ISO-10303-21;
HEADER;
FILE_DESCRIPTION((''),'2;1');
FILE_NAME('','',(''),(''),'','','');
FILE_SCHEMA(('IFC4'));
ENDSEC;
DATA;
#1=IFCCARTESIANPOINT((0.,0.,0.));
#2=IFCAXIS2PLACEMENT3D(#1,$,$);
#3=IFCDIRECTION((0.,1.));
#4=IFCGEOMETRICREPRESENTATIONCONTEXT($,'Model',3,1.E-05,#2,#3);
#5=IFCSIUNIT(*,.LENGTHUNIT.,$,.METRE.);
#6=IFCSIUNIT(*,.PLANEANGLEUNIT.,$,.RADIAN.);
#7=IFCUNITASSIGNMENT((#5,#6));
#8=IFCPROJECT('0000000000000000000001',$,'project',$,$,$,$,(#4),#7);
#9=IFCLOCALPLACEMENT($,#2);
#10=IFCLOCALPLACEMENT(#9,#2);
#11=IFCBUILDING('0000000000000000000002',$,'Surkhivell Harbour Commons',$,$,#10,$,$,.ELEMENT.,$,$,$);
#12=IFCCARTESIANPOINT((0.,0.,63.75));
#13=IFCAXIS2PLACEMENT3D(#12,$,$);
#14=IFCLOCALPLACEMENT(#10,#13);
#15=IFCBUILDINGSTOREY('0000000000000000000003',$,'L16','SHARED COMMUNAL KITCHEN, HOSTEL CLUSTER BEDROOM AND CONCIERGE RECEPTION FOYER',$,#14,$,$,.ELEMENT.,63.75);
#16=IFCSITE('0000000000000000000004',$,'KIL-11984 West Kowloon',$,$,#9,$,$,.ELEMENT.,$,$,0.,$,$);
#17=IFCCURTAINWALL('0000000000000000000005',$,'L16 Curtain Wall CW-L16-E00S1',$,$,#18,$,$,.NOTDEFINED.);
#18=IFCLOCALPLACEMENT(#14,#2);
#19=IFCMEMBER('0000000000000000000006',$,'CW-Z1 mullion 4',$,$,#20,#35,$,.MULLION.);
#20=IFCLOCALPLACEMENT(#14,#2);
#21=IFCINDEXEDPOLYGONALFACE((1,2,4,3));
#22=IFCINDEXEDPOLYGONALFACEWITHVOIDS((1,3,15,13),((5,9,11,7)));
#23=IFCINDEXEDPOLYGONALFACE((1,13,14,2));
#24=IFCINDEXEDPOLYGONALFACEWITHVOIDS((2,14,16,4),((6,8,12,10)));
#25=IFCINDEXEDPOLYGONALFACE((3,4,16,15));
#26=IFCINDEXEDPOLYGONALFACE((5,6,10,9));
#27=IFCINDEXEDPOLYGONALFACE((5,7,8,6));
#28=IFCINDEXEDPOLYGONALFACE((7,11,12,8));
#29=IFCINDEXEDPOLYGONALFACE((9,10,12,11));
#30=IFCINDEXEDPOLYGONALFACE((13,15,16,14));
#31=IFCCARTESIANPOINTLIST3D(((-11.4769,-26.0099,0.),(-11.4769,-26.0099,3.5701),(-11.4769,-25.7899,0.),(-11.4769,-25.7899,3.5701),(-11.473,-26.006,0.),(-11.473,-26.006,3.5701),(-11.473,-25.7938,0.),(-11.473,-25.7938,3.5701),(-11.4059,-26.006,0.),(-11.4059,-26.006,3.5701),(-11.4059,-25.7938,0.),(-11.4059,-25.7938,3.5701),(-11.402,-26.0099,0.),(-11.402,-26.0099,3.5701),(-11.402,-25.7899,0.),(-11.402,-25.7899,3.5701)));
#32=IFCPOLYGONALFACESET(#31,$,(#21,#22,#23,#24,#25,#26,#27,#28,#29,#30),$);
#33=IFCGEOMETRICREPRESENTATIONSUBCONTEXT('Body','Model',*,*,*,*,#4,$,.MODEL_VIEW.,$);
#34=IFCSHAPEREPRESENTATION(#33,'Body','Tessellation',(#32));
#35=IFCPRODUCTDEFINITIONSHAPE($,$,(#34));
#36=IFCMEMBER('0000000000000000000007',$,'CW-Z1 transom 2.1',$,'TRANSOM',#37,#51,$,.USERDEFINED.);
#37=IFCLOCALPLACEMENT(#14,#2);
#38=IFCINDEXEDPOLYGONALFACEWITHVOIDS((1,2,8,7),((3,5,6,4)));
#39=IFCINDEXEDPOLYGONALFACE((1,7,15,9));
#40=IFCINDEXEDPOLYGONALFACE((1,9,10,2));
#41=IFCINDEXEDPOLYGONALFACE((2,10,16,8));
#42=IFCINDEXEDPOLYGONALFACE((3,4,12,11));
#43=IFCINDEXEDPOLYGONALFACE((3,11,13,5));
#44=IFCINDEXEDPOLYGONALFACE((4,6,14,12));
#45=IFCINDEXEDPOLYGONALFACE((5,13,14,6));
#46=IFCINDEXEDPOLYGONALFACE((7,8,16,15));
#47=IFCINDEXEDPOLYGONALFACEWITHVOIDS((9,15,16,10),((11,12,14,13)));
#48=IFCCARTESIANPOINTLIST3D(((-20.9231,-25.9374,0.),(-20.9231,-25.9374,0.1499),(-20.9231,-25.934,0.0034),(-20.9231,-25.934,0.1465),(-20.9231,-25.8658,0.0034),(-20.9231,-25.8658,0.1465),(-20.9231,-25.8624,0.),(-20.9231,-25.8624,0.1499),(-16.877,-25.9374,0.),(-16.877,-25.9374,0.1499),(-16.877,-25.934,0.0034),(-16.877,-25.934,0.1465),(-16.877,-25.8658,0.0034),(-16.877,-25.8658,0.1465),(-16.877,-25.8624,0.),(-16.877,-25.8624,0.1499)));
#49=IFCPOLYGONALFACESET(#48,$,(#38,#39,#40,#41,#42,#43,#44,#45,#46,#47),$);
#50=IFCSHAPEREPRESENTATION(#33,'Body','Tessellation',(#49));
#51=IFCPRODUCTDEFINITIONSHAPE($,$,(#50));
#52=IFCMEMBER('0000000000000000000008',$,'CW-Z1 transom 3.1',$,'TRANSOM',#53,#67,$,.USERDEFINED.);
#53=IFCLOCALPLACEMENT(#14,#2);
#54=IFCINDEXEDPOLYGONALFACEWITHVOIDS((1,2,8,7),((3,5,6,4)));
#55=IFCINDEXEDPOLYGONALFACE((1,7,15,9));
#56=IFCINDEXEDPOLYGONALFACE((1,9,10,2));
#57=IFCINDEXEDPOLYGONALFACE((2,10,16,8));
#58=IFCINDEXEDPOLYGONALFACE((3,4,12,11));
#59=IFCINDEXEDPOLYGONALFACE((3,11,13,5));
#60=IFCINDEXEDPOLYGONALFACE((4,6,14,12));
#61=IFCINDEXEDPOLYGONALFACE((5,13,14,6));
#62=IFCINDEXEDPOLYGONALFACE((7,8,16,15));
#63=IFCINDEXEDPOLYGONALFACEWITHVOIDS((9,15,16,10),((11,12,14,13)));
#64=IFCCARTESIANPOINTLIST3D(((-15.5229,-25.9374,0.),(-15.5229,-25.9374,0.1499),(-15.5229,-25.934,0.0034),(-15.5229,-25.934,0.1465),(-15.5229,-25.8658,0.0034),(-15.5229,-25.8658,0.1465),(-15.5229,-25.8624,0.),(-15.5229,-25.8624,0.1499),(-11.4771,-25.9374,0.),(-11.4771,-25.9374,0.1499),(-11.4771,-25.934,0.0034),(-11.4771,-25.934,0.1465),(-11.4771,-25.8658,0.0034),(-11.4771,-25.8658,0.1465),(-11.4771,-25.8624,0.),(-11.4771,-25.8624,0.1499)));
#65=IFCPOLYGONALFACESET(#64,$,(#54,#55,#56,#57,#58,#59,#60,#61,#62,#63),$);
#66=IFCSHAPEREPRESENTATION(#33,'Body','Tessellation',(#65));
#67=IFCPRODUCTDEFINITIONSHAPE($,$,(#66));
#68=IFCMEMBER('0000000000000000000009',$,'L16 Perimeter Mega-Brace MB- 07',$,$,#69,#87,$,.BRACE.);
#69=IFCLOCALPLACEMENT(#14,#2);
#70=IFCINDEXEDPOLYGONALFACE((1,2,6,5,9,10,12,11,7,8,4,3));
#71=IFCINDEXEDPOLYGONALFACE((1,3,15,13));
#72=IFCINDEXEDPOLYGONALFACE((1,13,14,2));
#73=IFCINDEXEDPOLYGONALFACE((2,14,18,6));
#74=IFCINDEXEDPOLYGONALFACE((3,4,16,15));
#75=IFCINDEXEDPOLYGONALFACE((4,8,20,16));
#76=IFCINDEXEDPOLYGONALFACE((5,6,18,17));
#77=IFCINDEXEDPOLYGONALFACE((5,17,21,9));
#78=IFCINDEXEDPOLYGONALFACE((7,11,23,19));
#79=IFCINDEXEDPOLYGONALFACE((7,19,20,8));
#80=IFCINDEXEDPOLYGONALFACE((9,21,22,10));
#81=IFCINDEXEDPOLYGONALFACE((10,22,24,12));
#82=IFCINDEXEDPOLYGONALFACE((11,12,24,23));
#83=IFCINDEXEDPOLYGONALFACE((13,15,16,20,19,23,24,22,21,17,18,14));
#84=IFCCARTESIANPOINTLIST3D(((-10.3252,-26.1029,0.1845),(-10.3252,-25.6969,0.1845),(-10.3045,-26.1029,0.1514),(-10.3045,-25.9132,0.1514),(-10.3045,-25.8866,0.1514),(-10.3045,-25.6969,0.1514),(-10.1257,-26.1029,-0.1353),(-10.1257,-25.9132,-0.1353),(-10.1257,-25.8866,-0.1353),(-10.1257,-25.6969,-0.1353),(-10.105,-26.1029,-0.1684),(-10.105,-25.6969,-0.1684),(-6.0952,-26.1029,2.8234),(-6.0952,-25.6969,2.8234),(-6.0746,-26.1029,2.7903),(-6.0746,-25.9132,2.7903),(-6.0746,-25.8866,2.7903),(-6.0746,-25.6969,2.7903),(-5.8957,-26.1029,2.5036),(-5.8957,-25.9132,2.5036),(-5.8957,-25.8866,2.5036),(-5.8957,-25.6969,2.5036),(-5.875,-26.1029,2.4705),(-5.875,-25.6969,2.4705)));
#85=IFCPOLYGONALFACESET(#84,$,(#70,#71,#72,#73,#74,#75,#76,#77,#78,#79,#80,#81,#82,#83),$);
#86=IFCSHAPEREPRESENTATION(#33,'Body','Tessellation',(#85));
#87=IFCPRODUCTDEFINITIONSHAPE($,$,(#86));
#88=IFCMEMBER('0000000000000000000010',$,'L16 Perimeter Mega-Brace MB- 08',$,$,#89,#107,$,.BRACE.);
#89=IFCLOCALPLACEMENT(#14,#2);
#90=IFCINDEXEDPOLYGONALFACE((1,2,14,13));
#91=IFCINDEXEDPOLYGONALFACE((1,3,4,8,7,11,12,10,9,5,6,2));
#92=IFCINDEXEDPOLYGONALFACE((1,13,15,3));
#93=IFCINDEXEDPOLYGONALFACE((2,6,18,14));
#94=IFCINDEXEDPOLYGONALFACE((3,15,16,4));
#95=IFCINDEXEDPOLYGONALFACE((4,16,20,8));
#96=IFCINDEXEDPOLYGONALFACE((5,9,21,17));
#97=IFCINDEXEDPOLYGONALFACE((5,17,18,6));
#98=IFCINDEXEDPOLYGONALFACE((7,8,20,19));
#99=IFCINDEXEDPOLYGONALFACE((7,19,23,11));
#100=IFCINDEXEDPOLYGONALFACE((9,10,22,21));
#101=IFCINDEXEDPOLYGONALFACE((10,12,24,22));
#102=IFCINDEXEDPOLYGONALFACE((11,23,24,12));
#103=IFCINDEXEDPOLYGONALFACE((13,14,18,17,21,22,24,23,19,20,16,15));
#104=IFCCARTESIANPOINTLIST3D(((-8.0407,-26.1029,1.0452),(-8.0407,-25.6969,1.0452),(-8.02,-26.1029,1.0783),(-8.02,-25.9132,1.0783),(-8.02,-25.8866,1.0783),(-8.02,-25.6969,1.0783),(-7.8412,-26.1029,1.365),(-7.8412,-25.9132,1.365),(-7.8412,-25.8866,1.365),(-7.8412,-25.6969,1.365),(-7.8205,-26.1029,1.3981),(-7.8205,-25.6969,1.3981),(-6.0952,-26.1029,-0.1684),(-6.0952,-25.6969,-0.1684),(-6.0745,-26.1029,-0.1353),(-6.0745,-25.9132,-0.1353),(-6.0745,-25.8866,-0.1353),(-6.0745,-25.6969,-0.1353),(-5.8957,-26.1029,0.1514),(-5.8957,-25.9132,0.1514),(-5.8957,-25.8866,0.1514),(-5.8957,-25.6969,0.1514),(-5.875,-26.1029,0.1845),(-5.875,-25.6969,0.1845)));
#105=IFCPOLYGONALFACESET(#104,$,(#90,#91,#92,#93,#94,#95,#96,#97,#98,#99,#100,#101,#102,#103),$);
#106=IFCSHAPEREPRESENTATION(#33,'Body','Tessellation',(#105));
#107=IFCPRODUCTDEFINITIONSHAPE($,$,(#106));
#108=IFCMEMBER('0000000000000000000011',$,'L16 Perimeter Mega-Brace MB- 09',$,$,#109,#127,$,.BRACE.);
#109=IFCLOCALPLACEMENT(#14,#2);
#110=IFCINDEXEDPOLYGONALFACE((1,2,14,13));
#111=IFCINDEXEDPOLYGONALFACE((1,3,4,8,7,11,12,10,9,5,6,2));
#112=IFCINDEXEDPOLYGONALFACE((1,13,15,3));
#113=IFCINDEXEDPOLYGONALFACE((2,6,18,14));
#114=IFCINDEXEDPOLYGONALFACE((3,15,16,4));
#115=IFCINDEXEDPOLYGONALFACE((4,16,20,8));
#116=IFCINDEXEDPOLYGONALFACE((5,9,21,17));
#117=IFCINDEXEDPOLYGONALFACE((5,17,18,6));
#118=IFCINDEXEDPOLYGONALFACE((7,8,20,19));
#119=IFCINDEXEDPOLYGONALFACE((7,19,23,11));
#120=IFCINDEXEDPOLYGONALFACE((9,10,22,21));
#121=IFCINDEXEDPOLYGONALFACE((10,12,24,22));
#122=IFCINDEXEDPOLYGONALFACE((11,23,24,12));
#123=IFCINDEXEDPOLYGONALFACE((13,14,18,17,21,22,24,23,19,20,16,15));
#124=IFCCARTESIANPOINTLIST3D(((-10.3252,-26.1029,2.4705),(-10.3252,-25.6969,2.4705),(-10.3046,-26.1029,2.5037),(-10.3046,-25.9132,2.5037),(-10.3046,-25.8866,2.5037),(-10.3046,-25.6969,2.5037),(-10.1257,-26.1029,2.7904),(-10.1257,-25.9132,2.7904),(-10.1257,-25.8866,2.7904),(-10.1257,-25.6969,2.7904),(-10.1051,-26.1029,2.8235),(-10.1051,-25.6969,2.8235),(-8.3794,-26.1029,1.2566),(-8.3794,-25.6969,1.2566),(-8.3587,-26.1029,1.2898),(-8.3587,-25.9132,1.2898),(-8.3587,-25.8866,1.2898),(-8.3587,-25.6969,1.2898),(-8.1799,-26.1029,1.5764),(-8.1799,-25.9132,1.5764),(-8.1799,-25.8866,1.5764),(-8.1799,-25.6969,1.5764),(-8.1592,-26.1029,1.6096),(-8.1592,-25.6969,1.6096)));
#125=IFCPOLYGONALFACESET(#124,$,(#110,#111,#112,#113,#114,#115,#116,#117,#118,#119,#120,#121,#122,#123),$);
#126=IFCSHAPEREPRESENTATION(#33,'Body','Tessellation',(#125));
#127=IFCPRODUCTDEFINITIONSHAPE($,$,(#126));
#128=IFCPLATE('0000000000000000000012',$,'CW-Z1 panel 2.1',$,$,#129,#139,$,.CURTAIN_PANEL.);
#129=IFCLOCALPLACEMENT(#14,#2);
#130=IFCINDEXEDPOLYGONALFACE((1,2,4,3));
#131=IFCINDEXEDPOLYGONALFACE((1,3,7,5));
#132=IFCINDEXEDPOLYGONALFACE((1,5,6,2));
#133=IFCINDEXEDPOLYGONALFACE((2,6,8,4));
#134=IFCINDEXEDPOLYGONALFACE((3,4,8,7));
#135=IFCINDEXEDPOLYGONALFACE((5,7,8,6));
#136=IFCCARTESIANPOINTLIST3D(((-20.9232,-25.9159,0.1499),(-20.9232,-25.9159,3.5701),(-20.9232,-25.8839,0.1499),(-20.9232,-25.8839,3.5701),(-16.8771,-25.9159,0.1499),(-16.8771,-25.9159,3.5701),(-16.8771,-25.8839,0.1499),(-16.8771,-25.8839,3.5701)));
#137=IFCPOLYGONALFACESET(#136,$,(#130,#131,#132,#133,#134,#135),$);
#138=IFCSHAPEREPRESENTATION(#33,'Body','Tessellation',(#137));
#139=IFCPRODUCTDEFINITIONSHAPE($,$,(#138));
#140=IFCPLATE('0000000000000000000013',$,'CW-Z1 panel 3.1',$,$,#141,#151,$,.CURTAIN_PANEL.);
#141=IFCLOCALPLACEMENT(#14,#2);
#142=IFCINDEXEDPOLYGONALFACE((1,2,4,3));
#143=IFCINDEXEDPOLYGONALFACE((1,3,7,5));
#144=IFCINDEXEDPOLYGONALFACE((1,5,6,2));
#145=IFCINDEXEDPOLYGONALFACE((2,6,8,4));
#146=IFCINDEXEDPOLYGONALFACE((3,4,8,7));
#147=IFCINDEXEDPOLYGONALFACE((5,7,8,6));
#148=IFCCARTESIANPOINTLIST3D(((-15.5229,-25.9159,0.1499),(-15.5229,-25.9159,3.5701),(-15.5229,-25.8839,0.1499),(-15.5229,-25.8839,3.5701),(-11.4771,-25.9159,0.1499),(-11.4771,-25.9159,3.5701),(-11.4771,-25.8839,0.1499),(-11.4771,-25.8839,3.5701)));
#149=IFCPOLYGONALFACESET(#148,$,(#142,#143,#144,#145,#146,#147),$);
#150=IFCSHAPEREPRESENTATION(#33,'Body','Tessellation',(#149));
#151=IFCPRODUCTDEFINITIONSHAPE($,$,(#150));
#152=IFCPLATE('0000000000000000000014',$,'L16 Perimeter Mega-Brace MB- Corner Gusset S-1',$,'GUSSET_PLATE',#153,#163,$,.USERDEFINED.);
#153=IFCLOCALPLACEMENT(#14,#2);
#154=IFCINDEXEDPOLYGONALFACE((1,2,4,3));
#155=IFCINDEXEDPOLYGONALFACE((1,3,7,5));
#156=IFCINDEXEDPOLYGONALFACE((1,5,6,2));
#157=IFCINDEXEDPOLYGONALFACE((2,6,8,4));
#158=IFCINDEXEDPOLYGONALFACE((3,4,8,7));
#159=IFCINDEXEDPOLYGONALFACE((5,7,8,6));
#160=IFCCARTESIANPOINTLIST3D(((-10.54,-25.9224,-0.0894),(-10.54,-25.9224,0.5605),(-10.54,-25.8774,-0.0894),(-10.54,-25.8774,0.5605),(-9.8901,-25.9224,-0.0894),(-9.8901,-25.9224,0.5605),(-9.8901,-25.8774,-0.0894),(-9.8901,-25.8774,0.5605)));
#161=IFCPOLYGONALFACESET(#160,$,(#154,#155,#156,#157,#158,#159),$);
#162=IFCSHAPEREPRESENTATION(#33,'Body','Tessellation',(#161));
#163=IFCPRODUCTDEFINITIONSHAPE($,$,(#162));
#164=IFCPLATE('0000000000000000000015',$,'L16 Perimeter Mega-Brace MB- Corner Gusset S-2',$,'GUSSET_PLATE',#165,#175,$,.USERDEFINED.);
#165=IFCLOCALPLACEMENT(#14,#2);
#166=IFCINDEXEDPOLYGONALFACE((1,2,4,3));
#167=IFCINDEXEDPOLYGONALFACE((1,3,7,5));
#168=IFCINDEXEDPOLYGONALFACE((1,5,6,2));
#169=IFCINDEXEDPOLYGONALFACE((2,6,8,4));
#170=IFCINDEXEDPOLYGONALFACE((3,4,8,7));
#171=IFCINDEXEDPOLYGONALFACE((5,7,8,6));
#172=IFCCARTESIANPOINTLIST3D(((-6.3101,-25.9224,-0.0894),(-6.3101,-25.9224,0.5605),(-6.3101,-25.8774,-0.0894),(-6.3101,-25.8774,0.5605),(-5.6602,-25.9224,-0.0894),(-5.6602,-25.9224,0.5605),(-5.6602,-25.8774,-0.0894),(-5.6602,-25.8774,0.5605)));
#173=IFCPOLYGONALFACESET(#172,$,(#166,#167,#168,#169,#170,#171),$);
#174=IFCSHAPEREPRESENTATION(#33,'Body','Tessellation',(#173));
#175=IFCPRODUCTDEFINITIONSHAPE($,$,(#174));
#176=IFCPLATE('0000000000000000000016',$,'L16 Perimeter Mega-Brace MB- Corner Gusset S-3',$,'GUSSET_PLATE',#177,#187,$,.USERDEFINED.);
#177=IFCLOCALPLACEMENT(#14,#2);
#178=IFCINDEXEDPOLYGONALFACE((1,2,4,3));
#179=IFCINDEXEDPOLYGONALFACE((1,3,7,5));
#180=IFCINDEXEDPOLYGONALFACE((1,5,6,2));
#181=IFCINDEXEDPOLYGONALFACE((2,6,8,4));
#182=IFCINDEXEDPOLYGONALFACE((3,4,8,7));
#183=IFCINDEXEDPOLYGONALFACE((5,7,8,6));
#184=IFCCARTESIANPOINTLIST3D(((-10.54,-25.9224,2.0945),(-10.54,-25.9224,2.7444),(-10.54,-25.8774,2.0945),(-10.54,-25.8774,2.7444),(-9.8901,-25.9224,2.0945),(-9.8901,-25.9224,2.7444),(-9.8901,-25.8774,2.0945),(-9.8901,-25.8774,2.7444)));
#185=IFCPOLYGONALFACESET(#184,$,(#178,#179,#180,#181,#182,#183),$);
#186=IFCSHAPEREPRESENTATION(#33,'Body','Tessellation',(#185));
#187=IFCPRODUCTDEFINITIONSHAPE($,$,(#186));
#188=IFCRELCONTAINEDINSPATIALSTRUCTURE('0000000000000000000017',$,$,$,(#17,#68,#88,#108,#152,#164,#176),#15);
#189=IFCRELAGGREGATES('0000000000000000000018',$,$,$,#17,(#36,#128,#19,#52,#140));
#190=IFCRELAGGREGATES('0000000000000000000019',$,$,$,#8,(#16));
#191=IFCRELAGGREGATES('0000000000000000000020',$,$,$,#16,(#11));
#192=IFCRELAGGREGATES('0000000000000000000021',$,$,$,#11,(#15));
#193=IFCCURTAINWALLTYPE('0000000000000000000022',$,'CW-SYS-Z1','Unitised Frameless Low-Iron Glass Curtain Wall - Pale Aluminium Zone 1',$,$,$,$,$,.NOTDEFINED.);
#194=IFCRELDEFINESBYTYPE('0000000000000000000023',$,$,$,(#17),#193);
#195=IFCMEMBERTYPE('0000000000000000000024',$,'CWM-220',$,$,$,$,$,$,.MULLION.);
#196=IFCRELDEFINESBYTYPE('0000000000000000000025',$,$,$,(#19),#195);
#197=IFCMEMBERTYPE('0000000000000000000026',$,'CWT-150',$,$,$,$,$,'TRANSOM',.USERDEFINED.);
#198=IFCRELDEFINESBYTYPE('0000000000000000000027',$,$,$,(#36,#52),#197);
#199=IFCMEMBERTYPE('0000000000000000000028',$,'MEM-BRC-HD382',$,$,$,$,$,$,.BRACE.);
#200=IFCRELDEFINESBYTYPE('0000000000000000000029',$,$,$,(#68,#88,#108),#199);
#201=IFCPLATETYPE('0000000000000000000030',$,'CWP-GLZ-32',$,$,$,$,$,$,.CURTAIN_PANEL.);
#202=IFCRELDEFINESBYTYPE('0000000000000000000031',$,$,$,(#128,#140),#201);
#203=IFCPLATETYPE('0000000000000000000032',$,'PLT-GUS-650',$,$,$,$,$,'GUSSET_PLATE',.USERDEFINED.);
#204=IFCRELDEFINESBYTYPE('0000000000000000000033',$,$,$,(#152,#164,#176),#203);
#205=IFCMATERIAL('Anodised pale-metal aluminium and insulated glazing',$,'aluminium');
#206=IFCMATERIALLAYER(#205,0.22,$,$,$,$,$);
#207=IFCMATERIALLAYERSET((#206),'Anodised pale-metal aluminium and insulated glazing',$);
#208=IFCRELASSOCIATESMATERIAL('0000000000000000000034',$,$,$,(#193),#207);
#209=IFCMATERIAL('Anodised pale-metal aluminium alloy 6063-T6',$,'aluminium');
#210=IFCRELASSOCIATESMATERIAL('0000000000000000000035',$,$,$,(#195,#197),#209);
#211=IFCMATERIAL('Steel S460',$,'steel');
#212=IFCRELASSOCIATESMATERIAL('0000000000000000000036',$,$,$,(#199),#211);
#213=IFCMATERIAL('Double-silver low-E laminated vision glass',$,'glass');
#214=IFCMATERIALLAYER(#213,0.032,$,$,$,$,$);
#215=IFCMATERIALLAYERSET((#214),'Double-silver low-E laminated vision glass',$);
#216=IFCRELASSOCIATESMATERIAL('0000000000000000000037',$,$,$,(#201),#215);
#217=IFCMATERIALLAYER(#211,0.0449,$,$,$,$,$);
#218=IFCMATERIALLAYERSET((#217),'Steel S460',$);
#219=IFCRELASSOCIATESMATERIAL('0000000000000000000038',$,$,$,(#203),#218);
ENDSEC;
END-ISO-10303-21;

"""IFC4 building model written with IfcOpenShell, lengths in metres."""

from ifc_helpers import new_model, si_unit, direction, frame, frame_2d, origin, origin_2d, place, context, subcontext, project, spatial, rectangle, hollow_rectangle, i_section, extrude, material, layer, layer_set, material_profile, profile_set, type_object, element, aggregate, save


model = new_model("IFC4")

# Units and contexts
model_context = context("Model", 3, precision=1e-05, world=origin(), true_north=direction((0.0, 1.0)))
body_context = subcontext(model_context, "Body", "Model", "MODEL_VIEW")
ifc_project = project(units=[si_unit("LENGTHUNIT", "METRE"), si_unit("PLANEANGLEUNIT", "RADIAN")], contexts=[model_context])

# Site, building, storey
site_placement = place(None, origin())
site = spatial("IfcSite", under=ifc_project, at=site_placement, Name="KIL-11984 West Kowloon", CompositionType="ELEMENT", RefElevation=0.0)
building_placement = place(site_placement, origin())
building = spatial("IfcBuilding", under=site, at=building_placement, Name="Surkhivell Harbour Commons", CompositionType="ELEMENT")
storey_placement = place(building_placement, frame((0.0, 0.0, 63.75)))
storey = spatial("IfcBuildingStorey", under=building, at=storey_placement, Name="L16", Description="SHARED COMMUNAL KITCHEN, HOSTEL CLUSTER BEDROOM AND CONCIERGE RECEPTION FOYER", CompositionType="ELEMENT", Elevation=63.75)

# Shared definitions
ifc_material_1 = material(Name="Steel S460", Category="steel")

# Curtain wall, members
ifc_material_2 = material(Name="Anodised pale-metal aluminium and insulated glazing", Category="aluminium")
ifc_layer_1 = layer(ifc_material_2, 0.22)
ifc_layer_set_1 = layer_set([ifc_layer_1], Name="Anodised pale-metal aluminium and insulated glazing")
curtain_wall_type = type_object("IfcCurtainWallType", Name="CW-SYS-Z1", Description="Unitised Frameless Low-Iron Glass Curtain Wall - Pale Aluminium Zone 1", PredefinedType="NOTDEFINED", material=ifc_layer_set_1)
curtain_wall_placement = place(storey_placement, origin())
curtain_wall = element("IfcCurtainWall", 1, at=curtain_wall_placement, inside=storey, type_object=curtain_wall_type, Name="L16 Curtain Wall CW-L16-E00S1", PredefinedType="NOTDEFINED")
ifc_material_3 = material(Name="Anodised pale-metal aluminium alloy 6063-T6", Category="aluminium")
ifc_material_profile_1 = material_profile(ifc_material_3, hollow_rectangle(XDim=0.075, YDim=0.22, WallThickness=0.0039, at=origin_2d()), Name="ALU-MULL-75x220")
ifc_profile_set_1 = profile_set([ifc_material_profile_1], Name="Anodised pale-metal aluminium alloy 6063-T6")
member_type_1 = type_object("IfcMemberType", Name="CWM-220", PredefinedType="MULLION", material=ifc_profile_set_1)
member_1_placement = place(storey_placement, frame((-11.4395, -25.8999, 0.0), z_axis=(0.0, 0.0, 1.0), x_axis=(1.0, 0.0, 0.0)))
member_1 = element("IfcMember", 2, at=member_1_placement, type_object=member_type_1, Name="CW-Z1 mullion 4", PredefinedType="MULLION", context=body_context, shape_type="SweptSolid", body=[
    extrude(hollow_rectangle(XDim=0.075, YDim=0.22, WallThickness=0.0039, at=origin_2d()), origin(), (0.0, 0.0, 1.0), 3.5701),
])
ifc_material_profile_2 = material_profile(ifc_material_3, hollow_rectangle(XDim=0.075, YDim=0.1499, WallThickness=0.0034, at=origin_2d()), Name="ALU-TRAN-75x150")
ifc_profile_set_2 = profile_set([ifc_material_profile_2], Name="Anodised pale-metal aluminium alloy 6063-T6")
member_type_2 = type_object("IfcMemberType", Name="CWT-150", ElementType="TRANSOM", PredefinedType="USERDEFINED", material=ifc_profile_set_2)
member_2_placement = place(storey_placement, frame((-20.9231, -25.8999, 0.075), z_axis=(1.0, 0.0, 0.0), x_axis=(0.0, 1.0, 0.0)))
member_2 = element("IfcMember", 3, at=member_2_placement, type_object=member_type_2, Name="CW-Z1 transom 2.1", ObjectType="TRANSOM", PredefinedType="USERDEFINED", context=body_context, shape_type="SweptSolid", body=[
    extrude(hollow_rectangle(XDim=0.075, YDim=0.1499, WallThickness=0.0034, at=origin_2d()), origin(), (0.0, 0.0, 1.0), 4.0461),
])
member_3_placement = place(storey_placement, frame((-15.5229, -25.8999, 0.075), z_axis=(1.0, 0.0, 0.0), x_axis=(0.0, 1.0, 0.0)))
member_3 = element("IfcMember", 4, at=member_3_placement, type_object=member_type_2, Name="CW-Z1 transom 3.1", ObjectType="TRANSOM", PredefinedType="USERDEFINED", context=body_context, shape_type="SweptSolid", body=[
    extrude(hollow_rectangle(XDim=0.075, YDim=0.1499, WallThickness=0.0034, at=origin_2d()), origin(), (0.0, 0.0, 1.0), 4.0459),
])

# Members
ifc_material_profile_3 = material_profile(ifc_material_1, i_section(OverallWidth=0.406, OverallDepth=0.416, WebThickness=0.0266, FlangeThickness=0.0391, at=origin_2d()), Name="HD400x382")
ifc_profile_set_3 = profile_set([ifc_material_profile_3], Name="Steel S460")
member_type_3 = type_object("IfcMemberType", Name="MEM-BRC-HD382", PredefinedType="BRACE", material=ifc_profile_set_3)
member_4_placement = place(storey_placement, frame((-10.2151, -25.8999, 0.0081), z_axis=(0.848433, 0.0, 0.529303), x_axis=(0.0, 1.0, 0.0)))
element("IfcMember", 5, at=member_4_placement, inside=storey, type_object=member_type_3, Name="L16 Perimeter Mega-Brace MB- 07", PredefinedType="BRACE", context=body_context, shape_type="SweptSolid", body=[
    extrude(i_section(OverallWidth=0.406, OverallDepth=0.416, WebThickness=0.0266, FlangeThickness=0.0391, at=origin_2d()), origin(), (0.0, 0.0, 1.0), 4.9856),
])
member_5_placement = place(storey_placement, frame((-5.9851, -25.8999, 0.0081), z_axis=(-0.848459, 0.0, 0.529262), x_axis=(0.0, -1.0, 0.0)))
element("IfcMember", 6, at=member_5_placement, inside=storey, type_object=member_type_3, Name="L16 Perimeter Mega-Brace MB- 08", PredefinedType="BRACE", context=body_context, shape_type="SweptSolid", body=[
    extrude(i_section(OverallWidth=0.406, OverallDepth=0.416, WebThickness=0.0266, FlangeThickness=0.0391, at=origin_2d()), origin(), (0.0, 0.0, 1.0), 2.293),
])
member_6_placement = place(storey_placement, frame((-8.2693, -25.8999, 1.4331), z_axis=(-0.848441, 0.0, 0.529291), x_axis=(0.0, -1.0, 0.0)))
element("IfcMember", 7, at=member_6_placement, inside=storey, type_object=member_type_3, Name="L16 Perimeter Mega-Brace MB- 09", PredefinedType="BRACE", context=body_context, shape_type="SweptSolid", body=[
    extrude(i_section(OverallWidth=0.406, OverallDepth=0.416, WebThickness=0.0266, FlangeThickness=0.0391, at=origin_2d()), origin(), (0.0, 0.0, 1.0), 2.2935),
])

# Plates
ifc_material_4 = material(Name="Double-silver low-E laminated vision glass", Category="glass")
ifc_layer_2 = layer(ifc_material_4, 0.032)
ifc_layer_set_2 = layer_set([ifc_layer_2], Name="Double-silver low-E laminated vision glass")
plate_type_1 = type_object("IfcPlateType", Name="CWP-GLZ-32", PredefinedType="CURTAIN_PANEL", material=ifc_layer_set_2)
plate_1_placement = place(storey_placement, frame((-20.9231, -25.8999, 0.1499), z_axis=(0.0, 0.0, 1.0), x_axis=(1.0, 0.0, 0.0)))
plate_1 = element("IfcPlate", 8, at=plate_1_placement, type_object=plate_type_1, Name="CW-Z1 panel 2.1", PredefinedType="CURTAIN_PANEL", context=body_context, shape_type="SweptSolid", body=[
    extrude(rectangle(XDim=4.0461, YDim=0.032, at=frame_2d((2.0229, 0.0))), origin(), (0.0, 0.0, 1.0), 3.4202),
])
plate_2_placement = place(storey_placement, frame((-15.5229, -25.8999, 0.1499), z_axis=(0.0, 0.0, 1.0), x_axis=(1.0, 0.0, 0.0)))
plate_2 = element("IfcPlate", 9, at=plate_2_placement, type_object=plate_type_1, Name="CW-Z1 panel 3.1", PredefinedType="CURTAIN_PANEL", context=body_context, shape_type="SweptSolid", body=[
    extrude(rectangle(XDim=4.0459, YDim=0.032, at=frame_2d((2.0229, 0.0))), origin(), (0.0, 0.0, 1.0), 3.4202),
])
aggregate(curtain_wall, [member_2, plate_1, member_1, member_3, plate_2])

# Plates
ifc_layer_3 = layer(ifc_material_1, 0.0449)
ifc_layer_set_3 = layer_set([ifc_layer_3], Name="Steel S460")
plate_type_2 = type_object("IfcPlateType", Name="PLT-GUS-650", ElementType="GUSSET_PLATE", PredefinedType="USERDEFINED", material=ifc_layer_set_3)
for number, where, z_axis, x_axis, name in (
    (10, (-10.2151, -25.8999, -0.0894), (0.0, 0.0, 1.0), (1.0, 0.0, 0.0), "L16 Perimeter Mega-Brace MB- Corner Gusset S-1"),
    (11, (-5.9851, -25.8999, -0.0894), (0.0, 0.0, 1.0), (1.0, 0.0, 0.0), "L16 Perimeter Mega-Brace MB- Corner Gusset S-2"),
    (12, (-10.2151, -25.8999, 2.0945), (0.0, 0.0, 1.0), (1.0, 0.0, 0.0), "L16 Perimeter Mega-Brace MB- Corner Gusset S-3"),
):
    element("IfcPlate", number, at=place(storey_placement, frame(where, z_axis=z_axis, x_axis=x_axis)), inside=storey, type_object=plate_type_2, Name=name, ObjectType="GUSSET_PLATE", PredefinedType="USERDEFINED", context=body_context, shape_type="SweptSolid", body=[
        extrude(rectangle(XDim=0.6499, YDim=0.0449, at=origin_2d()), origin(), (0.0, 0.0, 1.0), 0.6499),
    ])

save(model, "model.ifc")
